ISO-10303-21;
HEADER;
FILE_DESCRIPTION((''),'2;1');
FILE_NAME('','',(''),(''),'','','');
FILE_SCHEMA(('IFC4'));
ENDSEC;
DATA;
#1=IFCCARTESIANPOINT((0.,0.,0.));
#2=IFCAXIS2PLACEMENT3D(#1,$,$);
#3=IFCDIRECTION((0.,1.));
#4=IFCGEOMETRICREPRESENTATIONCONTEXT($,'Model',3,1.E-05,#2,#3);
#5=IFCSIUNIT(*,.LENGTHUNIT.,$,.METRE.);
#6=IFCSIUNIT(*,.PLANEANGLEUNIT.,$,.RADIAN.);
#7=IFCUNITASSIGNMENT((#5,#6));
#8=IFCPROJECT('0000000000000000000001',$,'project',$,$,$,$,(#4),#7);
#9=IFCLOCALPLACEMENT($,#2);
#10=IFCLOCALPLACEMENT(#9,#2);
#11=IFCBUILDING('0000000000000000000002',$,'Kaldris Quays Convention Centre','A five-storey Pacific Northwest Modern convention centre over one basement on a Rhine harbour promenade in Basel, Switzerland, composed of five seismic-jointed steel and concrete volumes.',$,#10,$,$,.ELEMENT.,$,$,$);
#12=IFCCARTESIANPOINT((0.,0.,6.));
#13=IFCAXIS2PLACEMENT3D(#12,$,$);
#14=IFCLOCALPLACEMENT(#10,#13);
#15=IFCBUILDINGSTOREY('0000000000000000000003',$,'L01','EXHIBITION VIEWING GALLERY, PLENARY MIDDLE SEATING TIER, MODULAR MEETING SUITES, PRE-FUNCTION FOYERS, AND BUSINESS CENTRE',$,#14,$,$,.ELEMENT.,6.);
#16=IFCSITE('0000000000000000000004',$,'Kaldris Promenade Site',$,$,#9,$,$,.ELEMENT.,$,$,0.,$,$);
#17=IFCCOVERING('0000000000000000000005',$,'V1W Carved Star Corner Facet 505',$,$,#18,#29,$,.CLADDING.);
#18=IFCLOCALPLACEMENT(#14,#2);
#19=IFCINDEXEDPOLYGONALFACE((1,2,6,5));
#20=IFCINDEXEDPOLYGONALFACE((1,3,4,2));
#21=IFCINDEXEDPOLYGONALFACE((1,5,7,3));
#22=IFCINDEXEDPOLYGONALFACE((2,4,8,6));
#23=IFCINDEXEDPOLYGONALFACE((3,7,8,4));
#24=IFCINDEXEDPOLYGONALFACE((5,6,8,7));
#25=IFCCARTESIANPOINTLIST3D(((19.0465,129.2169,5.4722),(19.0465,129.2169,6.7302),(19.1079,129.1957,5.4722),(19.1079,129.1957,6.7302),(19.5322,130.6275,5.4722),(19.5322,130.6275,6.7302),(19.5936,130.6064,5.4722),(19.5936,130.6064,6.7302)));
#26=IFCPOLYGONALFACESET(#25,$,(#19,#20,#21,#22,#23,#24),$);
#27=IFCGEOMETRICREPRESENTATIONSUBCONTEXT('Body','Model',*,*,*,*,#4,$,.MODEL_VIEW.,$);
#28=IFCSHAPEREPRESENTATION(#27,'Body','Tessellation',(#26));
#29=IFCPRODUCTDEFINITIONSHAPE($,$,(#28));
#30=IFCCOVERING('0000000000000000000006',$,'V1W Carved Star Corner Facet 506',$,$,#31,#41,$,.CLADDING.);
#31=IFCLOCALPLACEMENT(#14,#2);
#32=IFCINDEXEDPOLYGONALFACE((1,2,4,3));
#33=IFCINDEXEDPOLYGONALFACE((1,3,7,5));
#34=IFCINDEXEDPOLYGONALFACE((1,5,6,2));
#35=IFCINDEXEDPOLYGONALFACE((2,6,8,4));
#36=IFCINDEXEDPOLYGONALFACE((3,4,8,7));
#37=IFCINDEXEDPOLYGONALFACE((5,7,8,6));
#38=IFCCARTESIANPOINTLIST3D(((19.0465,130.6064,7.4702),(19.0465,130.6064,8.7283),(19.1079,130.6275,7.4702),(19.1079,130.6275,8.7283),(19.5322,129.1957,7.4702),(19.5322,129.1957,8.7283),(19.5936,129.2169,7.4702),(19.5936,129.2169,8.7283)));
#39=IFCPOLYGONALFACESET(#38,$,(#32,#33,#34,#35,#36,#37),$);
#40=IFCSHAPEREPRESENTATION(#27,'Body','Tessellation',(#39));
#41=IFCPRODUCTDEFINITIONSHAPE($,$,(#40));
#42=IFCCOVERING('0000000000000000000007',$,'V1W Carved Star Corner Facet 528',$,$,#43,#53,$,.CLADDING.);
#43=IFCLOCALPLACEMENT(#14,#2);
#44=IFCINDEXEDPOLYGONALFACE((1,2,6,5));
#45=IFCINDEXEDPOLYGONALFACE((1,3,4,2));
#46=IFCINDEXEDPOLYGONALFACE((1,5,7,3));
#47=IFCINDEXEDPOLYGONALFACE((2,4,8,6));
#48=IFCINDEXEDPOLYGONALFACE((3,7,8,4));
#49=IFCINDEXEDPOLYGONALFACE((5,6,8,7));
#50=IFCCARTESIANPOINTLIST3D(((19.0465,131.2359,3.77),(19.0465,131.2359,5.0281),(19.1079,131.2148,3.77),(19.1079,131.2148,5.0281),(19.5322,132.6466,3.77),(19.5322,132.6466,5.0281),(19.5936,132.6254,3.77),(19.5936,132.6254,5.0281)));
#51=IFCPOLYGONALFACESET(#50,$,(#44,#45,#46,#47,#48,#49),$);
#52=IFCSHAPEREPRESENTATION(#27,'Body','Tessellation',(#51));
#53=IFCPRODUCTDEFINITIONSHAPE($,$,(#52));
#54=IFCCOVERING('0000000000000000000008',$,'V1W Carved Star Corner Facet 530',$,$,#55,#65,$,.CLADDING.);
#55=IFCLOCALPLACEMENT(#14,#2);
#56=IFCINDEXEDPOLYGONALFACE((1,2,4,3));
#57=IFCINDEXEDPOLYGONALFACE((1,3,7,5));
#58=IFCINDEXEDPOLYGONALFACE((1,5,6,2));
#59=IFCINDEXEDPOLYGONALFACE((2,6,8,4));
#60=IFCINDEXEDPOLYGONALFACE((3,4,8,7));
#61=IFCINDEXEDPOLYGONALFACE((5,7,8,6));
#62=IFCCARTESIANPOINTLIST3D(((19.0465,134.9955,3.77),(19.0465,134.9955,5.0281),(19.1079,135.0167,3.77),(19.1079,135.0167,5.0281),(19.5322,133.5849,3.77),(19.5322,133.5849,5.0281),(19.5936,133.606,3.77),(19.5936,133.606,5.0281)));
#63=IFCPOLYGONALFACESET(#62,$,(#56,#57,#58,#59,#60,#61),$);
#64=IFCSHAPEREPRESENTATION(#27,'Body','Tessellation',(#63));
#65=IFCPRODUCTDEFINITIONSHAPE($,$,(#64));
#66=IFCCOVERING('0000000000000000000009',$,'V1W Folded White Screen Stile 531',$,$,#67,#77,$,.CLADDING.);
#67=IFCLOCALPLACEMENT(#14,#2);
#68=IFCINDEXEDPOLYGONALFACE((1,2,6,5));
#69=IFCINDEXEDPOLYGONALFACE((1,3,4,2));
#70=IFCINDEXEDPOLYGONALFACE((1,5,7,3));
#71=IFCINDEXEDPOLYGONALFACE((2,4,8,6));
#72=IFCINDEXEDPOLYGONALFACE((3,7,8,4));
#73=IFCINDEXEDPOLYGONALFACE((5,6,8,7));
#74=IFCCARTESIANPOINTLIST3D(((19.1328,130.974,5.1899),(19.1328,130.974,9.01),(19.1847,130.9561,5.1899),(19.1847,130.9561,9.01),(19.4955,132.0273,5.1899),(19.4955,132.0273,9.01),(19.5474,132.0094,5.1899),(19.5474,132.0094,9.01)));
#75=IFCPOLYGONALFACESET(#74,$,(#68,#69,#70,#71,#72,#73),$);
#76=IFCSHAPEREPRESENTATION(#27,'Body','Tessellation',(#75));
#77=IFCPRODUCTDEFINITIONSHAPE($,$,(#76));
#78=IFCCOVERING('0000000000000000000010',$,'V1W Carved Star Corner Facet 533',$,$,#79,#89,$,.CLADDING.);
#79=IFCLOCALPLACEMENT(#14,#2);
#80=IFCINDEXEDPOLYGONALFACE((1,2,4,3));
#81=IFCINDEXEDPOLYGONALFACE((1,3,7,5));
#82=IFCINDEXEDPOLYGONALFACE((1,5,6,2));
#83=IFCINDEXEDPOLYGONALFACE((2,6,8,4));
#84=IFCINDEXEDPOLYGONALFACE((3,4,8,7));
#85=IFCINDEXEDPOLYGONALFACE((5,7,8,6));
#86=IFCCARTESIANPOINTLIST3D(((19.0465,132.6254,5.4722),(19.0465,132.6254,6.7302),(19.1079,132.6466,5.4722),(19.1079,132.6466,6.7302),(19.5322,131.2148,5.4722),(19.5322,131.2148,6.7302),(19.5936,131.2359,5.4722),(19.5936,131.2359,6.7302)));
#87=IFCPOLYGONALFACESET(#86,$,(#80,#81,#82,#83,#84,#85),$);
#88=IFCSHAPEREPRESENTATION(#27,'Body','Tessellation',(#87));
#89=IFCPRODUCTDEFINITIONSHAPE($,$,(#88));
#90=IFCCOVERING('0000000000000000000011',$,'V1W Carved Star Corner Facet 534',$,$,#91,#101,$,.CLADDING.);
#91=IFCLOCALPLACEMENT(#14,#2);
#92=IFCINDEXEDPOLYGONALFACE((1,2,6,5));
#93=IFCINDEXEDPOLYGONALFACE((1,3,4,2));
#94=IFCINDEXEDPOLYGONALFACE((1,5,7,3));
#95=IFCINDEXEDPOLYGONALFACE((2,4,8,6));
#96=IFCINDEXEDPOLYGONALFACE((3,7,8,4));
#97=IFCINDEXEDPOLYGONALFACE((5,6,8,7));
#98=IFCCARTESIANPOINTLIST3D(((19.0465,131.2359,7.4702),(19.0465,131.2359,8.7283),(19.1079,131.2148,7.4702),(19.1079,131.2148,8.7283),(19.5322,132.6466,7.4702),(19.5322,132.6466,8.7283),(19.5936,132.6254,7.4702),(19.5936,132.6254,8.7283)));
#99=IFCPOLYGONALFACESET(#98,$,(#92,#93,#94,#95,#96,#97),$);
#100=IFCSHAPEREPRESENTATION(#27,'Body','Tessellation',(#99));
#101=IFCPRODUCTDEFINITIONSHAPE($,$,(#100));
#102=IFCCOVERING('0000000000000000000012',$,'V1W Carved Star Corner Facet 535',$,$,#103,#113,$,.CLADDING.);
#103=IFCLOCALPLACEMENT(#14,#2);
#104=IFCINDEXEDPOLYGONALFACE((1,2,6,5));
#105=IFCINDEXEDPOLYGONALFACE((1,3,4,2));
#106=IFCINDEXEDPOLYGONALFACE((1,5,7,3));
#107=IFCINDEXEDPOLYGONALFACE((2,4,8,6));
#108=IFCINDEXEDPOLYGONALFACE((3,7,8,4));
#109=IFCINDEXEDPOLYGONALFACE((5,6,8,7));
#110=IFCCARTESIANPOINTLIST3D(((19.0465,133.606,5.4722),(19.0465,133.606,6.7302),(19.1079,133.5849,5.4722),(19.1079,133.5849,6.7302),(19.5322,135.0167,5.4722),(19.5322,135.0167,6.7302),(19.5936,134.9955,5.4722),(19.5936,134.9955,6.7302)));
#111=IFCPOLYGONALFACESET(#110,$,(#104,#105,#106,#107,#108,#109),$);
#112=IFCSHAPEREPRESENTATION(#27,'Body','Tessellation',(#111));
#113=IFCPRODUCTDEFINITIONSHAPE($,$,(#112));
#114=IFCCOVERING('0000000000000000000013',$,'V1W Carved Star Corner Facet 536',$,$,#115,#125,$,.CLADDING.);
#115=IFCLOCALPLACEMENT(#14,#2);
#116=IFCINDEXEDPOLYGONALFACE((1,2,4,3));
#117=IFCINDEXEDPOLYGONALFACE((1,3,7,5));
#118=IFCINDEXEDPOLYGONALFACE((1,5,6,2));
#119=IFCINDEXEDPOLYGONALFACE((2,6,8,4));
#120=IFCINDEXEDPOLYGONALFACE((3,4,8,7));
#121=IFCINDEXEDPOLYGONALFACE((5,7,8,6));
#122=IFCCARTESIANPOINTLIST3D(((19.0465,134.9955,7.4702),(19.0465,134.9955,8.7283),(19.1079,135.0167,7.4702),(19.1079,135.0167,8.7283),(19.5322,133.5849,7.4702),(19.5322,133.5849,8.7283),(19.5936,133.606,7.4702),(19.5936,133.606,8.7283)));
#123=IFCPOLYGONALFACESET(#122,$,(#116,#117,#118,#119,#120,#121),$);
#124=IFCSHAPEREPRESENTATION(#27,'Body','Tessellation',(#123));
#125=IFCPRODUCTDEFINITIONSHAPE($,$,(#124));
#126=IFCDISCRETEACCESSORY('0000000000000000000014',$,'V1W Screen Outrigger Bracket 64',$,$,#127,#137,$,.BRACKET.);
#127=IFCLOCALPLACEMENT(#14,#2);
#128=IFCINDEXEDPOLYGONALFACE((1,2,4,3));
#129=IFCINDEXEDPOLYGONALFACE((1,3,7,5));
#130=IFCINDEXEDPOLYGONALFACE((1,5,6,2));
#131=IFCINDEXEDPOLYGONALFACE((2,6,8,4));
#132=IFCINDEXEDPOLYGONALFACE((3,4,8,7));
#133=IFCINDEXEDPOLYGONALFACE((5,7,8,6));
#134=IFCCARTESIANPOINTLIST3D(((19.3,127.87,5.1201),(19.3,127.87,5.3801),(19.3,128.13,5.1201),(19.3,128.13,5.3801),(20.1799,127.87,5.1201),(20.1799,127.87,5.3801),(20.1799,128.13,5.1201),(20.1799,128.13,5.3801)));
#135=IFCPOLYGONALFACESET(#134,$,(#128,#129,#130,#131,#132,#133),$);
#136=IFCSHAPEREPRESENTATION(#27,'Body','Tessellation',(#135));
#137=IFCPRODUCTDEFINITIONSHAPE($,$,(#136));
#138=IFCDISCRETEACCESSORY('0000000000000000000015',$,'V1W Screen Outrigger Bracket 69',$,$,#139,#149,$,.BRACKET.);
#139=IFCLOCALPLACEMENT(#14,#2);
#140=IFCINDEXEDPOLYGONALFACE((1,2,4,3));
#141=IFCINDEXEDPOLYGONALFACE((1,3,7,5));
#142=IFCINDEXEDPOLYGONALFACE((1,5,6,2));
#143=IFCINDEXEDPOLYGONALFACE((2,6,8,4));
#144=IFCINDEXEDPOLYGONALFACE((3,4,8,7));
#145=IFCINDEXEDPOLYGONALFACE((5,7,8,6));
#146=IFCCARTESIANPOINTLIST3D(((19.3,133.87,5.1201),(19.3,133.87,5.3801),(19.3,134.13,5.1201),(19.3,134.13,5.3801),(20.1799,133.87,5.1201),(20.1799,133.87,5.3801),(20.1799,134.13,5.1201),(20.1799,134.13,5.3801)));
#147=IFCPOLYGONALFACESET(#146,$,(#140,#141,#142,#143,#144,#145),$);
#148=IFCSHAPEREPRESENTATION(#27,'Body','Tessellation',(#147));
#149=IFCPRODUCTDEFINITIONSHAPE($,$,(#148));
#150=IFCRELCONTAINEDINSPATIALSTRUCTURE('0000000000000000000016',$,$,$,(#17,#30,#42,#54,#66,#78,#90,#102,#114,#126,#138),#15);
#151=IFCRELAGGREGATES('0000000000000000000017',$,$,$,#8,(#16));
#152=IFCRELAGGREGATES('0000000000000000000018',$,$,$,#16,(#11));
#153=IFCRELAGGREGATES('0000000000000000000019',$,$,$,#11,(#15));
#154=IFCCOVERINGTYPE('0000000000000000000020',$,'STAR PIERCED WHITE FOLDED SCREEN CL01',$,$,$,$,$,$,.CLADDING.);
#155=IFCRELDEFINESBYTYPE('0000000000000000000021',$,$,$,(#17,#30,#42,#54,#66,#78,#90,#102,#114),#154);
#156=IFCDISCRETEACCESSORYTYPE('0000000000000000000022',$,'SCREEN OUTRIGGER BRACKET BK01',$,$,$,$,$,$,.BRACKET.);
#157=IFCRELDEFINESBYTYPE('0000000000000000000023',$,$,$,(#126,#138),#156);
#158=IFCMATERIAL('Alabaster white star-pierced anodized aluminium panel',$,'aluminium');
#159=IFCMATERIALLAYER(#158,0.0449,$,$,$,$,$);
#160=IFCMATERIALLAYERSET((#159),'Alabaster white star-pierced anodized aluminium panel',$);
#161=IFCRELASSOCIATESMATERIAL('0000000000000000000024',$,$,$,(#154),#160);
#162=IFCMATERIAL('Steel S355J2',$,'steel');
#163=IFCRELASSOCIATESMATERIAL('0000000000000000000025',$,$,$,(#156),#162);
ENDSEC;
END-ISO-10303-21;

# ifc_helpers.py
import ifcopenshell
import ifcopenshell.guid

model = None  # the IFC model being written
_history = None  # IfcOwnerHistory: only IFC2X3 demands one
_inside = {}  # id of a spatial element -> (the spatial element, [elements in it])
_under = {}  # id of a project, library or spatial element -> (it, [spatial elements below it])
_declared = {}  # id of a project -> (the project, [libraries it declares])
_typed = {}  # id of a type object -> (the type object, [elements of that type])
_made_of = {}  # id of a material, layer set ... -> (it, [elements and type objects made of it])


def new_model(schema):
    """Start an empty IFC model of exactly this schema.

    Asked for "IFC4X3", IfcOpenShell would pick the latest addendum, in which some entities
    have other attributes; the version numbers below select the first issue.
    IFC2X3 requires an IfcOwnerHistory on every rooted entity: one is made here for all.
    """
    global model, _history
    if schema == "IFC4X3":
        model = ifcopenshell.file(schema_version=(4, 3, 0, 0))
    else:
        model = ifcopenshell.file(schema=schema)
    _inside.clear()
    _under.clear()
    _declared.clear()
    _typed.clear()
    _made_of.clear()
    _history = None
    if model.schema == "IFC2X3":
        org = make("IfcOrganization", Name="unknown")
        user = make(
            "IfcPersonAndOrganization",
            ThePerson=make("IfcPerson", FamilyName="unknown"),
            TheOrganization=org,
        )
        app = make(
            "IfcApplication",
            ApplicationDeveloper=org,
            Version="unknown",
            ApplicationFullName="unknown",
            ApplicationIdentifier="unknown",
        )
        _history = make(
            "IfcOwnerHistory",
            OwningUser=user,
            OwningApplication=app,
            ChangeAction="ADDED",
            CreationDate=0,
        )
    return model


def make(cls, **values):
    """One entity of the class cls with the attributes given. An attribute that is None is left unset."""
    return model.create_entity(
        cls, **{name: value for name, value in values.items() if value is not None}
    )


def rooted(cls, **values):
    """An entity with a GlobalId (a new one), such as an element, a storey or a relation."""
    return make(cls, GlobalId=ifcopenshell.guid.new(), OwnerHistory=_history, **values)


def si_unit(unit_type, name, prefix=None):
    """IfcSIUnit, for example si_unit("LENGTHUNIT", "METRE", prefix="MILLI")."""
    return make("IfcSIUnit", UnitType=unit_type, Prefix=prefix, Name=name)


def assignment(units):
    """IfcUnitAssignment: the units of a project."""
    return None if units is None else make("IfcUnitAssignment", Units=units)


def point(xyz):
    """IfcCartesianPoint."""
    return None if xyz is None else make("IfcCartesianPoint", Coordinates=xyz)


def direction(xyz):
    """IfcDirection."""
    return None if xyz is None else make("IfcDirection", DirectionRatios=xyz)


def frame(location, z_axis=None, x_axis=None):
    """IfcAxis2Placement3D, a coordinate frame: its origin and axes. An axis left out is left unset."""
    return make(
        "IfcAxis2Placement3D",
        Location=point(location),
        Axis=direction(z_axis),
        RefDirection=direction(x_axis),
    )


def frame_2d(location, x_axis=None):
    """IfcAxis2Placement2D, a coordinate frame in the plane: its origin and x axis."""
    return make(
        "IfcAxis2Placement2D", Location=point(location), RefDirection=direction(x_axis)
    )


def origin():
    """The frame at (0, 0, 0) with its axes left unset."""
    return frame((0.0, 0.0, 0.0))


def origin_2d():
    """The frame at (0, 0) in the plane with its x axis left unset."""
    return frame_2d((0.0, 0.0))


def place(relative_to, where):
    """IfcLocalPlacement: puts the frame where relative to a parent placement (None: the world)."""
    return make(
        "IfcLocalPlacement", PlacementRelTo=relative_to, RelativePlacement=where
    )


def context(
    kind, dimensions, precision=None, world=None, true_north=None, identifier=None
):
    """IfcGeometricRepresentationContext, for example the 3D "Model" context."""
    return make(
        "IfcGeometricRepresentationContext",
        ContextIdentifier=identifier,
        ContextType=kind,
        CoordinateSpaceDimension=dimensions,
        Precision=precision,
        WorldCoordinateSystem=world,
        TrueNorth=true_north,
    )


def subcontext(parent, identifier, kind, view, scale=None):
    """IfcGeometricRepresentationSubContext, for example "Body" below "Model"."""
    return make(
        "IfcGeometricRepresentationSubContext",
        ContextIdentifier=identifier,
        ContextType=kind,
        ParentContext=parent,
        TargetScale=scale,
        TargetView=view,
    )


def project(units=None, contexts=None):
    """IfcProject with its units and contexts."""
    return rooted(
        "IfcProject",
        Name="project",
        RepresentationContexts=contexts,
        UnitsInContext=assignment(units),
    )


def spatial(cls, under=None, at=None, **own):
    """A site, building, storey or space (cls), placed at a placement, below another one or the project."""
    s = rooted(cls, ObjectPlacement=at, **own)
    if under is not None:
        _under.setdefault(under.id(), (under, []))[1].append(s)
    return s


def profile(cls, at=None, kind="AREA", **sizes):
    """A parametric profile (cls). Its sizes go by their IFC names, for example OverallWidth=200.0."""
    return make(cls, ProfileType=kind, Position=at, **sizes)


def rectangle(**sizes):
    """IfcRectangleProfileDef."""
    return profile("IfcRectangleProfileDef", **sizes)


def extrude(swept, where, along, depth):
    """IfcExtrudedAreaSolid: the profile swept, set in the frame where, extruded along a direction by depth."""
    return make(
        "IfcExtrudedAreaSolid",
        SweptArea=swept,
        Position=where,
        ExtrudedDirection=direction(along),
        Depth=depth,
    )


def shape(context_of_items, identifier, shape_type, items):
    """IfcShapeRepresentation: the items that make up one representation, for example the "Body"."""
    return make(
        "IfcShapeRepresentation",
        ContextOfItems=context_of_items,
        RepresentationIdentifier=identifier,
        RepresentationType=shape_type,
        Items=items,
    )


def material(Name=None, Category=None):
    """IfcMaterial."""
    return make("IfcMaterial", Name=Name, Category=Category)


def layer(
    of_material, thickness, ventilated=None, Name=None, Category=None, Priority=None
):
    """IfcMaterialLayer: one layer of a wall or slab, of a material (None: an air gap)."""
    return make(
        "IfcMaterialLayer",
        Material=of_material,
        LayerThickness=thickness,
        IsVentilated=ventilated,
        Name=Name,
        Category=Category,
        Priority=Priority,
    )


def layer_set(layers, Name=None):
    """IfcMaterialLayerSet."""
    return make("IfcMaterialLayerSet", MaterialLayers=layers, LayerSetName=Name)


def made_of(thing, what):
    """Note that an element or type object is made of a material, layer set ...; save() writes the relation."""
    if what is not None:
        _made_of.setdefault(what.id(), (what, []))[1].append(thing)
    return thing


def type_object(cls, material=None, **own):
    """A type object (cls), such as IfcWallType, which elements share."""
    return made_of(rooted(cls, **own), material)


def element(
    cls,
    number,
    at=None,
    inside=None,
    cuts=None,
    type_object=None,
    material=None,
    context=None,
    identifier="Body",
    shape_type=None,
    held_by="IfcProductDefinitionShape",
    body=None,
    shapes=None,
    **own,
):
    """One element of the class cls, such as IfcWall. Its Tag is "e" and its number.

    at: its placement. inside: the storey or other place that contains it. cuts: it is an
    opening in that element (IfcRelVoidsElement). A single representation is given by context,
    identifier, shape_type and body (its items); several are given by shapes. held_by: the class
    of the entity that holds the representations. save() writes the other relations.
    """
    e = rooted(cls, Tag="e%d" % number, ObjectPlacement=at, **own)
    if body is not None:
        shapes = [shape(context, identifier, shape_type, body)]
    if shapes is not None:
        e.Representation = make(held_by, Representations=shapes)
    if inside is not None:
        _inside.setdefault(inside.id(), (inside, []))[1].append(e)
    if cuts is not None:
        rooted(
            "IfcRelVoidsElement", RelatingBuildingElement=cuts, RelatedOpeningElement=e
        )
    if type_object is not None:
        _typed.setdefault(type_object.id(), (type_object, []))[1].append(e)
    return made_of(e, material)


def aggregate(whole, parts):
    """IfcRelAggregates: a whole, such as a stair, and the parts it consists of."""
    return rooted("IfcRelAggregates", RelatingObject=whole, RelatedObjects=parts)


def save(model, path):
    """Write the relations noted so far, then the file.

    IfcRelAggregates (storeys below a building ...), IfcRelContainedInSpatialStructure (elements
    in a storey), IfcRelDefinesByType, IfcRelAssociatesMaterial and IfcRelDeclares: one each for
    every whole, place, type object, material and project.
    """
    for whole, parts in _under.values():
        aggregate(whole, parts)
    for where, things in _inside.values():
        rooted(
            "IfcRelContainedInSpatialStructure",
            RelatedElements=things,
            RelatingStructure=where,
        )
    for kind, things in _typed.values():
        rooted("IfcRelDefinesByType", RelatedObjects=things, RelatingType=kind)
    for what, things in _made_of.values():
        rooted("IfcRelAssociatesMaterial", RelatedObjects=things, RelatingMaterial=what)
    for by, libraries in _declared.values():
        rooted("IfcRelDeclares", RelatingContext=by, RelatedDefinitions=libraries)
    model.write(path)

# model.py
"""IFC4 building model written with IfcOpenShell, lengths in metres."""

from ifc_helpers import new_model, si_unit, direction, frame, origin, origin_2d, place, context, subcontext, project, spatial, rectangle, extrude, material, layer, layer_set, type_object, element, save


model = new_model("IFC4")

# Units and contexts
model_context = context("Model", 3, precision=1e-05, world=origin(), true_north=direction((0.0, 1.0)))
body_context = subcontext(model_context, "Body", "Model", "MODEL_VIEW")
ifc_project = project(units=[si_unit("LENGTHUNIT", "METRE"), si_unit("PLANEANGLEUNIT", "RADIAN")], contexts=[model_context])

# Site, building, storey
site_placement = place(None, origin())
site = spatial("IfcSite", under=ifc_project, at=site_placement, Name="Kaldris Promenade Site", CompositionType="ELEMENT", RefElevation=0.0)
building_placement = place(site_placement, origin())
building = spatial("IfcBuilding", under=site, at=building_placement, Name="Kaldris Quays Convention Centre", Description="A five-storey Pacific Northwest Modern convention centre over one basement on a Rhine harbour promenade in Basel, Switzerland, composed of five seismic-jointed steel and concrete volumes.", CompositionType="ELEMENT")
storey_placement = place(building_placement, frame((0.0, 0.0, 6.0)))
storey = spatial("IfcBuildingStorey", under=building, at=storey_placement, Name="L01", Description="EXHIBITION VIEWING GALLERY, PLENARY MIDDLE SEATING TIER, MODULAR MEETING SUITES, PRE-FUNCTION FOYERS, AND BUSINESS CENTRE", CompositionType="ELEMENT", Elevation=6.0)

# Coverings
ifc_material_1 = material(Name="Alabaster white star-pierced anodized aluminium panel", Category="aluminium")
ifc_layer = layer(ifc_material_1, 0.0449)
ifc_layer_set = layer_set([ifc_layer], Name="Alabaster white star-pierced anodized aluminium panel")
covering_type = type_object("IfcCoveringType", Name="STAR PIERCED WHITE FOLDED SCREEN CL01", PredefinedType="CLADDING", material=ifc_layer_set)
for number, where, z_axis, x_axis, name in (
    (1, (19.3201, 129.9116, 5.4722), (0.0, 0.0, 1.0), (0.325568, 0.945519, 0.0), "V1W Carved Star Corner Facet 505"),
    (2, (19.3201, 129.9116, 7.4702), (0.0, 0.0, 1.0), (-0.325568, 0.945519, 0.0), "V1W Carved Star Corner Facet 506"),
    (3, (19.3201, 131.9307, 3.77), (0.0, 0.0, 1.0), (0.325568, 0.945519, 0.0), "V1W Carved Star Corner Facet 528"),
    (4, (19.3201, 134.3008, 3.77), (0.0, 0.0, 1.0), (-0.325568, 0.945519, 0.0), "V1W Carved Star Corner Facet 530"),
):
    element("IfcCovering", number, at=place(storey_placement, frame(where, z_axis=z_axis, x_axis=x_axis)), inside=storey, type_object=covering_type, Name=name, PredefinedType="CLADDING", context=body_context, shape_type="SweptSolid", body=[
        extrude(rectangle(XDim=1.4919, YDim=0.0649, at=origin_2d()), origin(), (0.0, 0.0, 1.0), 1.2581),
    ])
covering_1_placement = place(storey_placement, frame((19.3401, 131.4917, 5.1899), z_axis=(0.0, 0.0, 1.0), x_axis=(0.325568, 0.945519, 0.0)))
element("IfcCovering", 5, at=covering_1_placement, inside=storey, type_object=covering_type, Name="V1W Folded White Screen Stile 531", PredefinedType="CLADDING", context=body_context, shape_type="SweptSolid", body=[
    extrude(rectangle(XDim=1.114, YDim=0.0549, at=origin_2d()), origin(), (0.0, 0.0, 1.0), 3.8201),
])
for number, where, z_axis, x_axis, name in (
    (6, (19.3201, 131.9307, 5.4722), (0.0, 0.0, 1.0), (-0.325568, 0.945519, 0.0), "V1W Carved Star Corner Facet 533"),
    (7, (19.3201, 131.9307, 7.4702), (0.0, 0.0, 1.0), (0.325568, 0.945519, 0.0), "V1W Carved Star Corner Facet 534"),
    (8, (19.3201, 134.3008, 5.4722), (0.0, 0.0, 1.0), (0.325568, 0.945519, 0.0), "V1W Carved Star Corner Facet 535"),
    (9, (19.3201, 134.3008, 7.4702), (0.0, 0.0, 1.0), (-0.325568, 0.945519, 0.0), "V1W Carved Star Corner Facet 536"),
):
    element("IfcCovering", number, at=place(storey_placement, frame(where, z_axis=z_axis, x_axis=x_axis)), inside=storey, type_object=covering_type, Name=name, PredefinedType="CLADDING", context=body_context, shape_type="SweptSolid", body=[
        extrude(rectangle(XDim=1.4919, YDim=0.0649, at=origin_2d()), origin(), (0.0, 0.0, 1.0), 1.2581),
    ])

# Discrete accessories
ifc_material_2 = material(Name="Steel S355J2", Category="steel")
discrete_accessory_type = type_object("IfcDiscreteAccessoryType", Name="SCREEN OUTRIGGER BRACKET BK01", PredefinedType="BRACKET", material=ifc_material_2)
for number, where, z_axis, x_axis, name in (
    (10, (19.74, 128.0, 5.1201), (0.0, 0.0, 1.0), (0.0, 1.0, 0.0), "V1W Screen Outrigger Bracket 64"),
    (11, (19.74, 134.0, 5.1201), (0.0, 0.0, 1.0), (0.0, 1.0, 0.0), "V1W Screen Outrigger Bracket 69"),
):
    element("IfcDiscreteAccessory", number, at=place(storey_placement, frame(where, z_axis=z_axis, x_axis=x_axis)), inside=storey, type_object=discrete_accessory_type, Name=name, PredefinedType="BRACKET", context=body_context, shape_type="SweptSolid", body=[
        extrude(rectangle(XDim=0.26, YDim=0.8799, at=origin_2d()), origin(), (0.0, 0.0, 1.0), 0.26),
    ])

save(model, "model.ifc")
